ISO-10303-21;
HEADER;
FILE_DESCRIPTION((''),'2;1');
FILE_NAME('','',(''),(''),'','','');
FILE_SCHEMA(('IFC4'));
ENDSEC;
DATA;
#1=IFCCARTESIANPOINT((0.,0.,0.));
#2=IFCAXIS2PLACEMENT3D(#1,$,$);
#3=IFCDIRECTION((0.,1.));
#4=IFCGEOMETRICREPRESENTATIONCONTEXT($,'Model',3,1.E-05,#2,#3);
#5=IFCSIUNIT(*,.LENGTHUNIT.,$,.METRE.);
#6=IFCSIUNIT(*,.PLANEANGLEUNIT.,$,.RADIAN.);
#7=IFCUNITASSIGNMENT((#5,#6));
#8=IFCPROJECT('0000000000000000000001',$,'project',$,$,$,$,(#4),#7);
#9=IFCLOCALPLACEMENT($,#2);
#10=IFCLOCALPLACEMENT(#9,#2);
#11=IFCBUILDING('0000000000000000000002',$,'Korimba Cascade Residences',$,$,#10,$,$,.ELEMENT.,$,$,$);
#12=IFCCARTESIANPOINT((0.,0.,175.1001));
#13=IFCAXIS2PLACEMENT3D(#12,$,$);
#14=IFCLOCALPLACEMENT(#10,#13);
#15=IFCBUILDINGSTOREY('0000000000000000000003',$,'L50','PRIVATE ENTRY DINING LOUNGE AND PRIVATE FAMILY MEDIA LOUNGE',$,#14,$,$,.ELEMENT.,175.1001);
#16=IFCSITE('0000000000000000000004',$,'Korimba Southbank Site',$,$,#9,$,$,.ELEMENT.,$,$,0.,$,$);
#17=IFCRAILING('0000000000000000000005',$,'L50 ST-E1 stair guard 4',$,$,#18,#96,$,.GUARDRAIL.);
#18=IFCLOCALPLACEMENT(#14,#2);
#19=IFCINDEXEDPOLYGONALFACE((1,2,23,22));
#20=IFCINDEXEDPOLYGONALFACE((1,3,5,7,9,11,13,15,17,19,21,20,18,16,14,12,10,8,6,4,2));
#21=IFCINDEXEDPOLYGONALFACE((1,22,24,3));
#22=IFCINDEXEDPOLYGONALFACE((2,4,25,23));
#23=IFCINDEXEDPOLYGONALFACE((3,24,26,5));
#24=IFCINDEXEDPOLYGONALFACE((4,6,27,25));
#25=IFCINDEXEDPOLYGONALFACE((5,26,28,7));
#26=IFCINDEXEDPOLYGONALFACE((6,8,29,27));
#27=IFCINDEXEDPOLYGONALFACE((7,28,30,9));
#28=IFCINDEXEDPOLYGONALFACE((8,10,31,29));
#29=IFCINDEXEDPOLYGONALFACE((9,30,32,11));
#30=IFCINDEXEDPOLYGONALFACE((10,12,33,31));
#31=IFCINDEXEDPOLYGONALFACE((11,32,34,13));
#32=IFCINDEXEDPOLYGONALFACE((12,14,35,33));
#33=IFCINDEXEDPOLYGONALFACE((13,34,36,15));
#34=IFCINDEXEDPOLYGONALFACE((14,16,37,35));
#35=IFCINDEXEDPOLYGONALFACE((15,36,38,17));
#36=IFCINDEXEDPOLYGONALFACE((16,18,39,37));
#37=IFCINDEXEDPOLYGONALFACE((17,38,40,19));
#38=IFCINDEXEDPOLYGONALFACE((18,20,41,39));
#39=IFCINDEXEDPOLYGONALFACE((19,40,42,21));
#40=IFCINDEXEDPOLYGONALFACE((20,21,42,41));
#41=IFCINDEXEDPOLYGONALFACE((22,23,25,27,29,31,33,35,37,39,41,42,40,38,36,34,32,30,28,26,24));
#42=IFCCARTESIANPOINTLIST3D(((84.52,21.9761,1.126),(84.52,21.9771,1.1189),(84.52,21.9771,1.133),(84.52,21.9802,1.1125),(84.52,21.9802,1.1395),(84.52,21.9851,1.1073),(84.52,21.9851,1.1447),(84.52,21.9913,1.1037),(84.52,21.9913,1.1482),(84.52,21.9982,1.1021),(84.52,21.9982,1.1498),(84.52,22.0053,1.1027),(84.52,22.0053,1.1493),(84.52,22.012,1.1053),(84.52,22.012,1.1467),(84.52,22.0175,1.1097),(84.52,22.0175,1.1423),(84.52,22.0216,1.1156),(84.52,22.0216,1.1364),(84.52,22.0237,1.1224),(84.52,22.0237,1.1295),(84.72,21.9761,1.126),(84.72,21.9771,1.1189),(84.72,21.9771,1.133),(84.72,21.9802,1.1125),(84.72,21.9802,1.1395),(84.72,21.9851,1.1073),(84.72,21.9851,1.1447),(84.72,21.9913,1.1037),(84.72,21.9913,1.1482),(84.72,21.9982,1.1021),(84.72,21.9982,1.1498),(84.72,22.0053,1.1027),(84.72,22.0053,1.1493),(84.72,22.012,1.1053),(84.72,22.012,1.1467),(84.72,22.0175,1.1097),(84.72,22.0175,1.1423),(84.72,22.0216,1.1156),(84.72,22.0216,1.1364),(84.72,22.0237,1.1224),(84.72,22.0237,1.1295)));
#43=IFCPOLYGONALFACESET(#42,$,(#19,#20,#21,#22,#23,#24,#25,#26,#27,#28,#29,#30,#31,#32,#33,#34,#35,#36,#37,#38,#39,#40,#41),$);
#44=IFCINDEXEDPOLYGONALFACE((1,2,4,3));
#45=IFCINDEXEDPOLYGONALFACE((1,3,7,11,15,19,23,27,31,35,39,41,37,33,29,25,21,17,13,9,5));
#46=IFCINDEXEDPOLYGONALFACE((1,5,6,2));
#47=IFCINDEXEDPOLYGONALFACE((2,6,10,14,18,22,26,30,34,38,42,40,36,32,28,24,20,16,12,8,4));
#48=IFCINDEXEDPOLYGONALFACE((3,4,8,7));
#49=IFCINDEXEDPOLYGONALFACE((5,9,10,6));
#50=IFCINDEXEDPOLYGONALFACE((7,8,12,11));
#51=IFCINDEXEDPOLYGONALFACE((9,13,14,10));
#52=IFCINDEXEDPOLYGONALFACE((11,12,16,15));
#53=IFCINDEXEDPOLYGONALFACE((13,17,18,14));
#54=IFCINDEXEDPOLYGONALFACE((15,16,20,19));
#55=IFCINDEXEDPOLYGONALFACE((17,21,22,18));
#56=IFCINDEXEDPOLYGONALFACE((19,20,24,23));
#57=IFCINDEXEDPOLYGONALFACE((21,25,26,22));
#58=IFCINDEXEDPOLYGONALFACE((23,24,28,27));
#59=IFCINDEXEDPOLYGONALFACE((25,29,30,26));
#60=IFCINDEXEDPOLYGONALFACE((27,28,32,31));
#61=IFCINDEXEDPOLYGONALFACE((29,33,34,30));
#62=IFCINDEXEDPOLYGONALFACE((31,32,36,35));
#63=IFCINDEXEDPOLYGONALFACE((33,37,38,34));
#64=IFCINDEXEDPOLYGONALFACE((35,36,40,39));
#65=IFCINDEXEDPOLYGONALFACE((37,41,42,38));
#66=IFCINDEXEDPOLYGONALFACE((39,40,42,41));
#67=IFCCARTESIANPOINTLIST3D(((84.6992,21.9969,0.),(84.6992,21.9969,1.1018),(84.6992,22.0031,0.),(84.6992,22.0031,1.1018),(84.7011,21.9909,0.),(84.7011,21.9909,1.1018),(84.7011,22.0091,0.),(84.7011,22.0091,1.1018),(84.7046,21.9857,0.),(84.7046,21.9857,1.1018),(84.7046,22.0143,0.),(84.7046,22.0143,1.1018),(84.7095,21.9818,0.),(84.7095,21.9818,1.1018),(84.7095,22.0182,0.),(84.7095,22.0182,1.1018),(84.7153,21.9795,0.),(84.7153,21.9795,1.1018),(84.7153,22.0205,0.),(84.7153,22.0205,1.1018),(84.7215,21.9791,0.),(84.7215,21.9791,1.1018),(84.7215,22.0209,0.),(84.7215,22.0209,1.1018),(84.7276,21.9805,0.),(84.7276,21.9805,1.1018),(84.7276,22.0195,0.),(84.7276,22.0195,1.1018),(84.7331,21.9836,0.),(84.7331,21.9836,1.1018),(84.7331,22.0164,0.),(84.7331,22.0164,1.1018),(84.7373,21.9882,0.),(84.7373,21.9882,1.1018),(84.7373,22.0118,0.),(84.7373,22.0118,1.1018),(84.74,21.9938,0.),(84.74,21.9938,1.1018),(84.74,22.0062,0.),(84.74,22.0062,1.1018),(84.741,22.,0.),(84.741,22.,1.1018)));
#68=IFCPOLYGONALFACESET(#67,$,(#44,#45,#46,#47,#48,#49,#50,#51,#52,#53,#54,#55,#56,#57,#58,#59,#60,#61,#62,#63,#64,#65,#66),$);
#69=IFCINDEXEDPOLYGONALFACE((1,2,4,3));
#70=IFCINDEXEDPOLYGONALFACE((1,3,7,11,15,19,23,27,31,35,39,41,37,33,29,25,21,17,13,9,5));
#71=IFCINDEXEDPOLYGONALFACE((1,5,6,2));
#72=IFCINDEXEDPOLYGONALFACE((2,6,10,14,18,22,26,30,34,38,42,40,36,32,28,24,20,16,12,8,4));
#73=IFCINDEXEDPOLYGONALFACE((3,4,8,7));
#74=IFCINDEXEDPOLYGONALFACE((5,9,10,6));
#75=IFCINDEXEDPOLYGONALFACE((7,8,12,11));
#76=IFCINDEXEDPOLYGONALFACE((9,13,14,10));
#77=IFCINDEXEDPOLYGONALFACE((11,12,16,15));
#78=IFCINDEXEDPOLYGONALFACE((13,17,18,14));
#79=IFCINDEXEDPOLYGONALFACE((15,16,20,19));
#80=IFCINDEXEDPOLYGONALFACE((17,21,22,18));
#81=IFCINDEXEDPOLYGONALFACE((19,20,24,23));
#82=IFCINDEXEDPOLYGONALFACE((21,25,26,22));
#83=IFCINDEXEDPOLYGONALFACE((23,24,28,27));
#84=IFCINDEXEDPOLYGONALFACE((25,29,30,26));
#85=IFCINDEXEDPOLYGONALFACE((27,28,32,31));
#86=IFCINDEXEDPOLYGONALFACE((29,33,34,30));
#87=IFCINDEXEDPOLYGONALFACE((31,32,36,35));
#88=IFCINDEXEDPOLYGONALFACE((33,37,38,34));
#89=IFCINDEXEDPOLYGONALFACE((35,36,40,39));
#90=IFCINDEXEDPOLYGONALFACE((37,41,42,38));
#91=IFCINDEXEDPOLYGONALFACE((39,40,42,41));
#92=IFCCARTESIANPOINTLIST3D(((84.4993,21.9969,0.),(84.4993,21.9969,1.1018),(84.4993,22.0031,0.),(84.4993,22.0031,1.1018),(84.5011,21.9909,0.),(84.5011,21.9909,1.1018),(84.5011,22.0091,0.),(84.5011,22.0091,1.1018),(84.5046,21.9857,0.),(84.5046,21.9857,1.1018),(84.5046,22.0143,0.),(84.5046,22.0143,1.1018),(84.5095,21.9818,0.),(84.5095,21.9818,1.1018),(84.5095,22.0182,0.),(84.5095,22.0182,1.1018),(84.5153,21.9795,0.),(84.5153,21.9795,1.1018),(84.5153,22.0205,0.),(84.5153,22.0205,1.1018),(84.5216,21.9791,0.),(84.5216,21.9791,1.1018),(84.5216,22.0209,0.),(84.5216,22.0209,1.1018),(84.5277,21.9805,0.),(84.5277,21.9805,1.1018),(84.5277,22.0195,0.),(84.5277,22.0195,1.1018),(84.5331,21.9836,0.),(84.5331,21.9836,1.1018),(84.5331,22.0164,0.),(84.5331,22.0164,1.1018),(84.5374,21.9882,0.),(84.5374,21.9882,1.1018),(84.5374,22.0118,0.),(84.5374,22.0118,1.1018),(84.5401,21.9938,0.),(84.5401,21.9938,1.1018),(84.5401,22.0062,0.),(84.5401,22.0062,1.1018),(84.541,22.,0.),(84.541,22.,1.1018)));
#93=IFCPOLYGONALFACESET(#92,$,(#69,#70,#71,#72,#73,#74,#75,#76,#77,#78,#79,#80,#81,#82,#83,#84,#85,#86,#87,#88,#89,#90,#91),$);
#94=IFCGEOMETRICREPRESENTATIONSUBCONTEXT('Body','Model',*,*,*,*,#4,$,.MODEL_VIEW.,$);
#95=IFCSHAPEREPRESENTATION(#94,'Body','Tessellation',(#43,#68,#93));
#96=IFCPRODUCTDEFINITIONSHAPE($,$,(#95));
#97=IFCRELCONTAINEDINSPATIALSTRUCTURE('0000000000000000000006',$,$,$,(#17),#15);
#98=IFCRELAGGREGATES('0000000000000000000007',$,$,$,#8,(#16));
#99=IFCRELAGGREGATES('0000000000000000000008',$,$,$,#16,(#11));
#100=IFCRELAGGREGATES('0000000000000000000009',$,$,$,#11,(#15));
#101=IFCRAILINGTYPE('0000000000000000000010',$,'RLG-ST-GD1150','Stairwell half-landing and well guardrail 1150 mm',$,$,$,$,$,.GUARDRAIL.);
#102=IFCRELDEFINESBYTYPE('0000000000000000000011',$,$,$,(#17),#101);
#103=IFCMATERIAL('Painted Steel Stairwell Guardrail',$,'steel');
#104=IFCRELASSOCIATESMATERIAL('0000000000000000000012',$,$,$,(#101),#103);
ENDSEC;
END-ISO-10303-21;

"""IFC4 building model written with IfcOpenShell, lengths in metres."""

from ifc_helpers import new_model, si_unit, direction, frame, origin, origin_2d, place, context, subcontext, project, spatial, circle, extrude, material, type_object, element, save


model = new_model("IFC4")

# Units and contexts
model_context = context("Model", 3, precision=1e-05, world=origin(), true_north=direction((0.0, 1.0)))
body_context = subcontext(model_context, "Body", "Model", "MODEL_VIEW")
ifc_project = project(units=[si_unit("LENGTHUNIT", "METRE"), si_unit("PLANEANGLEUNIT", "RADIAN")], contexts=[model_context])

# Site, building, storey
site_placement = place(None, origin())
site = spatial("IfcSite", under=ifc_project, at=site_placement, Name="Korimba Southbank Site", CompositionType="ELEMENT", RefElevation=0.0)
building_placement = place(site_placement, origin())
building = spatial("IfcBuilding", under=site, at=building_placement, Name="Korimba Cascade Residences", CompositionType="ELEMENT")
storey_placement = place(building_placement, frame((0.0, 0.0, 175.1001)))
storey = spatial("IfcBuildingStorey", under=building, at=storey_placement, Name="L50", Description="PRIVATE ENTRY DINING LOUNGE AND PRIVATE FAMILY MEDIA LOUNGE", CompositionType="ELEMENT", Elevation=175.1001)

# Railing
ifc_material_1 = material(Name="Painted Steel Stairwell Guardrail", Category="steel")
railing_type_1 = type_object("IfcRailingType", Name="RLG-ST-GD1150", Description="Stairwell half-landing and well guardrail 1150 mm", PredefinedType="GUARDRAIL", material=ifc_material_1)
railing_1_placement = place(storey_placement, frame((84.72, 22.0, 0.0)))
element("IfcRailing", 1, at=railing_1_placement, inside=storey, type_object=railing_type_1, Name="L50 ST-E1 stair guard 4", PredefinedType="GUARDRAIL", context=body_context, shape_type="SweptSolid", body=[
    extrude(circle(Radius=0.0239, at=origin_2d()), frame((0.0, 0.0, 1.126), z_axis=(-1.0, 0.0, 0.0), x_axis=(0.0, -1.0, 0.0)), (0.0, 0.0, 1.0), 0.2),
    extrude(circle(Radius=0.021, at=origin_2d()), origin(), (0.0, 0.0, 1.0), 1.1018),
    extrude(circle(Radius=0.021, at=origin_2d()), frame((-0.2, 0.0, 0.0)), (0.0, 0.0, 1.0), 1.1018),
])

save(model, "model.ifc")
